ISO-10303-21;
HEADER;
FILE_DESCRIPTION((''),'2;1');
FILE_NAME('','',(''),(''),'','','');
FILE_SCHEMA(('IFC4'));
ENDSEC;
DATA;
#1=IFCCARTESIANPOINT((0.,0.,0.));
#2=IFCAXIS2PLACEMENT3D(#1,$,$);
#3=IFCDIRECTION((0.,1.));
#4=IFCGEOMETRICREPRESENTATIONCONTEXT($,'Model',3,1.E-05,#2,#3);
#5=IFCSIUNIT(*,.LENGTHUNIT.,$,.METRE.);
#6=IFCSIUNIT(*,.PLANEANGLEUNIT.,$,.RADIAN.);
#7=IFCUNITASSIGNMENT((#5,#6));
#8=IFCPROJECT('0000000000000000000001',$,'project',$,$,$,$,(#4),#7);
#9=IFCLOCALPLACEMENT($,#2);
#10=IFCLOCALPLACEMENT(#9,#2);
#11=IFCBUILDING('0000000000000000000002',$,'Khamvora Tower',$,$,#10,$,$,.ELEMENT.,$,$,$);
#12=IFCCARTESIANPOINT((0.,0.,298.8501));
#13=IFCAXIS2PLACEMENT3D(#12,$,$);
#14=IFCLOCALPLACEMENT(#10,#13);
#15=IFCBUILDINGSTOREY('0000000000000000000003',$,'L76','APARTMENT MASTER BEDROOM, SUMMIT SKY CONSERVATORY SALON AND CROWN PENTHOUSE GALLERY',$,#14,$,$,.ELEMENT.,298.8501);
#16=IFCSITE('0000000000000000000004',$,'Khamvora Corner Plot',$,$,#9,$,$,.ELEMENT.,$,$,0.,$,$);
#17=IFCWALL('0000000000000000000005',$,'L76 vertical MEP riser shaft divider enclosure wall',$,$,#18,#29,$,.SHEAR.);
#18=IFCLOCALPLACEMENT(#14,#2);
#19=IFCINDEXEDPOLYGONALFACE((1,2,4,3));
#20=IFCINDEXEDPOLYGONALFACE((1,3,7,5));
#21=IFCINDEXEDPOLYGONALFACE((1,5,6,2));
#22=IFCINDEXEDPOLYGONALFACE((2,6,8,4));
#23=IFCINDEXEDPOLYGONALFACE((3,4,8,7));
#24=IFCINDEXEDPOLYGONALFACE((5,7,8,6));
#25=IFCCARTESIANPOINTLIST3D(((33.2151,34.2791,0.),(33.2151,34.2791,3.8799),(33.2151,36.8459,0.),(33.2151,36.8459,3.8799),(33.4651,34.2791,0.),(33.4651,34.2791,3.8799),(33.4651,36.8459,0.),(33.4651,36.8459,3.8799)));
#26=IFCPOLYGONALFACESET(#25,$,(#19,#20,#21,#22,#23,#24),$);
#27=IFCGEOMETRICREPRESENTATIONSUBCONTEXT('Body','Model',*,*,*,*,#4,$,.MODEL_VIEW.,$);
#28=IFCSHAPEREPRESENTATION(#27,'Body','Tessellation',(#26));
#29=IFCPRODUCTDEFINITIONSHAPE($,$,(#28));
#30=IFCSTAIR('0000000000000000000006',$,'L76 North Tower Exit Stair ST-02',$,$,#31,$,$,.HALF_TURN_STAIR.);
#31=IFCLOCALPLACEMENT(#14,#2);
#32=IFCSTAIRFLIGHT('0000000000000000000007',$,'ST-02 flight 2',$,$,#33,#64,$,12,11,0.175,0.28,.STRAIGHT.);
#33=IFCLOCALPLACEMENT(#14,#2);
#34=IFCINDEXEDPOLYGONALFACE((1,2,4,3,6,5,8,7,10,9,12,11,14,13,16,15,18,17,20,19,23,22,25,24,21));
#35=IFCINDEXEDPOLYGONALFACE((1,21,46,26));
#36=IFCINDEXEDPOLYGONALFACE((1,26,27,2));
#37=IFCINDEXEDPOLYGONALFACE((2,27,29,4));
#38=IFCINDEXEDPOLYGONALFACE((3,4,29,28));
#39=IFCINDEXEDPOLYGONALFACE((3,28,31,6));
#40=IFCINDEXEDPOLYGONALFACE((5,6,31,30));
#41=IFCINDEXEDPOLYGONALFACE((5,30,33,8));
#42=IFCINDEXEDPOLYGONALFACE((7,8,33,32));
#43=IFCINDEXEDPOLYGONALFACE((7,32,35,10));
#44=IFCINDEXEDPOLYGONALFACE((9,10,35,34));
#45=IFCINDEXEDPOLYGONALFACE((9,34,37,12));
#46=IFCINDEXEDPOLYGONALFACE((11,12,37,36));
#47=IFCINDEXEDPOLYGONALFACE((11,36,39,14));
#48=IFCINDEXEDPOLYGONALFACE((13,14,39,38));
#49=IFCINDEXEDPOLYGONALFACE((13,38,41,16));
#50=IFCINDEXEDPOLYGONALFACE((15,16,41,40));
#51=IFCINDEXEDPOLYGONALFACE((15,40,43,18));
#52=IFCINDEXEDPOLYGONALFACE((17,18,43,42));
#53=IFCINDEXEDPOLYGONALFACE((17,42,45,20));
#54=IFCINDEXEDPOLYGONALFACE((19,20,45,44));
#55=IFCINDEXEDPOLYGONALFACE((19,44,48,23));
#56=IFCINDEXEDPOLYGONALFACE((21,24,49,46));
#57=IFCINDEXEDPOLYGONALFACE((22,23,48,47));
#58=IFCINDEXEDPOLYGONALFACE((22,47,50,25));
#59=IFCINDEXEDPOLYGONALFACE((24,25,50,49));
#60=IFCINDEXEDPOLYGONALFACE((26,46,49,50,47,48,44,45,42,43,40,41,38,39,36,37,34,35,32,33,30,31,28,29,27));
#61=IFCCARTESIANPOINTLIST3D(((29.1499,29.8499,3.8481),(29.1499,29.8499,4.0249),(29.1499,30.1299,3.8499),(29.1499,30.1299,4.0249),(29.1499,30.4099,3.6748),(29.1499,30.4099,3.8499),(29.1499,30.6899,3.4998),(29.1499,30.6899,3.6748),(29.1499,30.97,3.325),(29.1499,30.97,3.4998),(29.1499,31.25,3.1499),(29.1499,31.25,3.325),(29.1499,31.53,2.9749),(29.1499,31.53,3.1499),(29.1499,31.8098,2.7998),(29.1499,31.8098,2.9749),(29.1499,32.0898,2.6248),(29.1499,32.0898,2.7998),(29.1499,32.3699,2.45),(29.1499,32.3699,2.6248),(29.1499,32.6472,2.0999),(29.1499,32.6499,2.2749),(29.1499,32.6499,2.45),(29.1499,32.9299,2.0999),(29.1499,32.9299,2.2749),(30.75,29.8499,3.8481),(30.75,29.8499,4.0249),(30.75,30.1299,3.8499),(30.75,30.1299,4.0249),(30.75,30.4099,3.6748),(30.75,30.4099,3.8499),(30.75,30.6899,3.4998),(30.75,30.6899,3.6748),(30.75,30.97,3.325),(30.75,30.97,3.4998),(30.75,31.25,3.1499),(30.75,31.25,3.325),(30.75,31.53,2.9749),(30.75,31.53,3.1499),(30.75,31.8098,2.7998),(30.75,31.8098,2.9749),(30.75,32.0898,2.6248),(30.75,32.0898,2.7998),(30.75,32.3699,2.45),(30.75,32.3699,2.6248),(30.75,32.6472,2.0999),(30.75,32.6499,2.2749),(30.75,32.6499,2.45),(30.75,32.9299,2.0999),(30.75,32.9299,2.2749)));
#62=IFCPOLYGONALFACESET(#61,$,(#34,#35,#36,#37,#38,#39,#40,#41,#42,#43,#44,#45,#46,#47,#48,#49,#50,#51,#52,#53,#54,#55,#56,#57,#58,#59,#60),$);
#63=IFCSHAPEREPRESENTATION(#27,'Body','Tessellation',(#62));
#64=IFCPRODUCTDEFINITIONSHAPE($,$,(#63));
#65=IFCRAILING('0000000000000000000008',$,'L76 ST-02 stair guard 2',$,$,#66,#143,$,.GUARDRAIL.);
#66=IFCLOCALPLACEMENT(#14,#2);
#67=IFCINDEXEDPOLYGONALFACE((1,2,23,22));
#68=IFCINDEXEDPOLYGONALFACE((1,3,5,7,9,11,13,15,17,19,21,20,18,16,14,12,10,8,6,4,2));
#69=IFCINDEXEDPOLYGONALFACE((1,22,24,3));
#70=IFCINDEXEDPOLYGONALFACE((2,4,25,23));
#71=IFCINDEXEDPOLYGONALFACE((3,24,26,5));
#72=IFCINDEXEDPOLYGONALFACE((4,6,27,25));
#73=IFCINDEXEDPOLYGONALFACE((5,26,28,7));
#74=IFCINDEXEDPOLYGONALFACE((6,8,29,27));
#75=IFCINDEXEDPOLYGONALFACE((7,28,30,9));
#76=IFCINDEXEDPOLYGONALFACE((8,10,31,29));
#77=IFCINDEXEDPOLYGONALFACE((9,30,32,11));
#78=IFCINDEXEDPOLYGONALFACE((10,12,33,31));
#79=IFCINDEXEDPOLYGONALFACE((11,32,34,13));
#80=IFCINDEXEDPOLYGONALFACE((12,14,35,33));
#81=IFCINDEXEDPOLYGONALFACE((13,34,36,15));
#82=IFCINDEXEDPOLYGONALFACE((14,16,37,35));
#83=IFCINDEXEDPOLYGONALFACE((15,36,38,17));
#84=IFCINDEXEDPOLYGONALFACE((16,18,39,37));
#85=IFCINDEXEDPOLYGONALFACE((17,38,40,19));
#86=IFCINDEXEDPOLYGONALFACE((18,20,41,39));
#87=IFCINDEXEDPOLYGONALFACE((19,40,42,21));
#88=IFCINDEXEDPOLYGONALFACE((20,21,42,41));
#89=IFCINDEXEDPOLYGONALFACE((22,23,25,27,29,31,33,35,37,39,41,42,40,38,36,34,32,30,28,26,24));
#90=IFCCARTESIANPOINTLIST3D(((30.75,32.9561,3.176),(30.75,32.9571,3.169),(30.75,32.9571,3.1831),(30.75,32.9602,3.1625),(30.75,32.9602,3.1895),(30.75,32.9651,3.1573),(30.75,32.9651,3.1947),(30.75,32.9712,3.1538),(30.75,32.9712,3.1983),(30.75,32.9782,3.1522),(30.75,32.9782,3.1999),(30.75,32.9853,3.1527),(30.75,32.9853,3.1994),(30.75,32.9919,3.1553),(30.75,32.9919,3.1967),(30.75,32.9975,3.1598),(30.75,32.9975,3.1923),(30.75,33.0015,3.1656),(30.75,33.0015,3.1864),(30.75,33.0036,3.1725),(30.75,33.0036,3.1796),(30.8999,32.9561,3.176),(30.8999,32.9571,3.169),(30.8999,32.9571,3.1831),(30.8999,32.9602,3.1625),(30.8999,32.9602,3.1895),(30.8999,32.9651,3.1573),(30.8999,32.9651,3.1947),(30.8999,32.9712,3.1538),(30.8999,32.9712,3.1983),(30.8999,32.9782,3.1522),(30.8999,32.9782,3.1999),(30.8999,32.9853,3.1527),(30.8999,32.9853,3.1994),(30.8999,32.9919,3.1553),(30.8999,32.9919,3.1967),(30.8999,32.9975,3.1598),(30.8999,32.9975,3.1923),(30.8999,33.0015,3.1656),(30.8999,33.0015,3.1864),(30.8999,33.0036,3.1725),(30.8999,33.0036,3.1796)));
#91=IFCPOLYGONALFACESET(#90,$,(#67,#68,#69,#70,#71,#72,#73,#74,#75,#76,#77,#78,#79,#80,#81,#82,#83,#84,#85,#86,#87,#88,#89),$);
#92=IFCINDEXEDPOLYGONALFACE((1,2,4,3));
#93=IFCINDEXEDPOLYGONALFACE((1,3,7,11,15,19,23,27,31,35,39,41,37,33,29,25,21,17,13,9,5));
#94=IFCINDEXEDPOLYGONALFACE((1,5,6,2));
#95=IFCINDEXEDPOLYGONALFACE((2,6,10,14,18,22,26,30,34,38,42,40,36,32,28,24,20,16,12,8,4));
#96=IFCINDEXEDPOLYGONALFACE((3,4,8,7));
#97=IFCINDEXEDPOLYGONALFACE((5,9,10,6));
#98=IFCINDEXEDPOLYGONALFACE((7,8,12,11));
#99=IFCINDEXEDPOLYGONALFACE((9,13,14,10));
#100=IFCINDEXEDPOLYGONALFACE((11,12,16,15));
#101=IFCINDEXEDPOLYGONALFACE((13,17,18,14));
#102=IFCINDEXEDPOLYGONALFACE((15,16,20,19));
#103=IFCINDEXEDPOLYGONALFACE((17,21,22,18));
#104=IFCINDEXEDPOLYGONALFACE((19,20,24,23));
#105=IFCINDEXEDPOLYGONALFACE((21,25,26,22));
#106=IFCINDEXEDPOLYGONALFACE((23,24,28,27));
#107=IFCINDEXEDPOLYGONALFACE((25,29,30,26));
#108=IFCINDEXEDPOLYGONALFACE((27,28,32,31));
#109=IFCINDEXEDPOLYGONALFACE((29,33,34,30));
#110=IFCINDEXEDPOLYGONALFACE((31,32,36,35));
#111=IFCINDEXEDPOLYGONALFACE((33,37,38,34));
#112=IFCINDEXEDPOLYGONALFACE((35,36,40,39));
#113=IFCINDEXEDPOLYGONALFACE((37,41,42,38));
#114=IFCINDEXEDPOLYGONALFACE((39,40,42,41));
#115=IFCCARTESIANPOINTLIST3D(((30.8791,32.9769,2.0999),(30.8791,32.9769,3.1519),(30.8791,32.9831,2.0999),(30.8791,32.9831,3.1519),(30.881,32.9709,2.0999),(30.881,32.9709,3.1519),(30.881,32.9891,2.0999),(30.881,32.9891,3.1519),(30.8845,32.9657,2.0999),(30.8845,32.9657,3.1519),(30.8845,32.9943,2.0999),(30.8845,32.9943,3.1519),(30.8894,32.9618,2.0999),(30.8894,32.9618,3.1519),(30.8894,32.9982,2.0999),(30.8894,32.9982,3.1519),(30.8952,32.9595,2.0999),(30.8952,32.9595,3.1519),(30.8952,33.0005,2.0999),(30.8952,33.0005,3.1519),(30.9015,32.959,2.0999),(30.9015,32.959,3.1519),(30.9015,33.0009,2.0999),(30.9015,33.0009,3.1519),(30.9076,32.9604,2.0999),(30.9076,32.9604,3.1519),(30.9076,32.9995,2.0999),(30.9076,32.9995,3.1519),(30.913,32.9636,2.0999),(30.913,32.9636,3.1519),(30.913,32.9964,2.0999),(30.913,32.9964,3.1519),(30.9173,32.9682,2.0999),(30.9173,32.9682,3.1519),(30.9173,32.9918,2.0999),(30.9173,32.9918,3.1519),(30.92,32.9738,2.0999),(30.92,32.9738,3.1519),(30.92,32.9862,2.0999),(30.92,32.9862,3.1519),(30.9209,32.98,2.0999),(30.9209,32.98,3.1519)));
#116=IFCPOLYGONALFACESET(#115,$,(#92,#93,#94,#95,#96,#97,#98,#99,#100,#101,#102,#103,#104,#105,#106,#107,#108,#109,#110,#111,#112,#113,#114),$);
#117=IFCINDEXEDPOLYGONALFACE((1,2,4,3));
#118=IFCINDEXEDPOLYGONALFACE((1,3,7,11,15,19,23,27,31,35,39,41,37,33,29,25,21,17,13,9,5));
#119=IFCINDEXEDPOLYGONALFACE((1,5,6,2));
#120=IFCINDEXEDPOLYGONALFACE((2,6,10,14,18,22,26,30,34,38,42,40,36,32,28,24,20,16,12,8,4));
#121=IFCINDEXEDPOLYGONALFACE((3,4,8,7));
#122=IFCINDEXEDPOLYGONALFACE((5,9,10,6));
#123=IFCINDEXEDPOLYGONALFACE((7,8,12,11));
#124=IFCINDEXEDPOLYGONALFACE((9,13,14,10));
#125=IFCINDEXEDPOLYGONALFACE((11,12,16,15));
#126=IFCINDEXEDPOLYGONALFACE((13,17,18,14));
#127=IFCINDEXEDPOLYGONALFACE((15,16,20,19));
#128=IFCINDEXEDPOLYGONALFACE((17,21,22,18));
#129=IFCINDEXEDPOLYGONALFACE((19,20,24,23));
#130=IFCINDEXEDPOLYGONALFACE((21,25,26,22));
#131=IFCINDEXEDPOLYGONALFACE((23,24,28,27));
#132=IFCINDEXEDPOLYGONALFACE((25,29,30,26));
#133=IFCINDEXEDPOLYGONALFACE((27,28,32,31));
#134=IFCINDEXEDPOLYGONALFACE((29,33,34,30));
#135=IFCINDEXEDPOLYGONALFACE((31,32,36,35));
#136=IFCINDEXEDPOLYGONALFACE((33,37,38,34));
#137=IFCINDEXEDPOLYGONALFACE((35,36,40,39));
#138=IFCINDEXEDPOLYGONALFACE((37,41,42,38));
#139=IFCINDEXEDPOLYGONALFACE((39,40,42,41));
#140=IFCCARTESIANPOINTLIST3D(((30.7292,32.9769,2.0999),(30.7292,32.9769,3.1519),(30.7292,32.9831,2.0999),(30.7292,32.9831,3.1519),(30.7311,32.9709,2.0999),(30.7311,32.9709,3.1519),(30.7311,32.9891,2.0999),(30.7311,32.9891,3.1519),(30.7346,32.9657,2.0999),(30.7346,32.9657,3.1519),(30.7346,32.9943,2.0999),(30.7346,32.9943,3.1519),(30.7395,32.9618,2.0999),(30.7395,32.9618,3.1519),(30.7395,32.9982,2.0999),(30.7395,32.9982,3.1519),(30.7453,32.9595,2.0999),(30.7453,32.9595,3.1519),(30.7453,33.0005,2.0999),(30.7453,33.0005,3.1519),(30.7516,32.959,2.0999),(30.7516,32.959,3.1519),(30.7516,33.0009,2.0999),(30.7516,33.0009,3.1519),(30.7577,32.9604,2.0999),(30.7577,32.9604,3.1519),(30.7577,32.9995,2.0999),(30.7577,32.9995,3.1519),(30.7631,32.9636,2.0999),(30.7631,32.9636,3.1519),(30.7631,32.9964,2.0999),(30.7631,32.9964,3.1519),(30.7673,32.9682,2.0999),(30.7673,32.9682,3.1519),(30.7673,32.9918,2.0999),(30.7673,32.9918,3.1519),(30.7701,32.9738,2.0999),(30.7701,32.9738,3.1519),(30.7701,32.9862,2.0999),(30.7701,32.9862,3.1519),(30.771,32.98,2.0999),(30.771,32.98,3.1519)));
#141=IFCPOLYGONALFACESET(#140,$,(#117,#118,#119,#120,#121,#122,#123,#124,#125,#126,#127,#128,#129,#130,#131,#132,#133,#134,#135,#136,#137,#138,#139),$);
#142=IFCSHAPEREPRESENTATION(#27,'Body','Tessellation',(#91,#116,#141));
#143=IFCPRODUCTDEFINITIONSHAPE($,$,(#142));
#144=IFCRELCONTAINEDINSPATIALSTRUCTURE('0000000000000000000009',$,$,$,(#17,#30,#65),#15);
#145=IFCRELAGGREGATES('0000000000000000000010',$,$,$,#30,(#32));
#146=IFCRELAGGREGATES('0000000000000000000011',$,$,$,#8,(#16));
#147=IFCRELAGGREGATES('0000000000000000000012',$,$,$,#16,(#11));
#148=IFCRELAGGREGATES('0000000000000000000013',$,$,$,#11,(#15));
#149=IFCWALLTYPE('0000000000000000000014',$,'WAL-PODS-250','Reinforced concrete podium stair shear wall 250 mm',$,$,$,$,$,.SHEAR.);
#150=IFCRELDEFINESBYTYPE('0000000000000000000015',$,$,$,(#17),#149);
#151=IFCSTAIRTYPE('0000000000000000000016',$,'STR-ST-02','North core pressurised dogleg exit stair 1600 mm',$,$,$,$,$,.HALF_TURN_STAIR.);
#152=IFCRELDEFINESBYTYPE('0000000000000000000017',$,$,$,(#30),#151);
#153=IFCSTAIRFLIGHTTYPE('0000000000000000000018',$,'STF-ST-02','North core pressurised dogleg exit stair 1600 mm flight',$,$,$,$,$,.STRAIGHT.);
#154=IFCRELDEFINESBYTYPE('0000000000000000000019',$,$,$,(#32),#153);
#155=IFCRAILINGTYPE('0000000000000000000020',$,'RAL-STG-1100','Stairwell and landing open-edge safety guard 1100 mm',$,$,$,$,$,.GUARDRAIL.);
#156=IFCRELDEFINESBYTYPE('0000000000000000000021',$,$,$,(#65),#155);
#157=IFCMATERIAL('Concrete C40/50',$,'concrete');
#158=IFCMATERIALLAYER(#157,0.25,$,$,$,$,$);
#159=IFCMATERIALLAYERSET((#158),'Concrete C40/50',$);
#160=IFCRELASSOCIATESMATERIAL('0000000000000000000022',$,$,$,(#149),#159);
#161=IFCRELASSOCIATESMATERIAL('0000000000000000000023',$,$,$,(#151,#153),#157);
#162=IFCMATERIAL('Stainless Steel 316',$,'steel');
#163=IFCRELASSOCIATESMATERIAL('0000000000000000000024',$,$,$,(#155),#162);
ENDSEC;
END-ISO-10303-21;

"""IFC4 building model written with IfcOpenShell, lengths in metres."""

from ifc_helpers import new_model, si_unit, direction, frame, frame_2d, origin, origin_2d, place, context, subcontext, project, spatial, polyline, rectangle, circle, outline, extrude, material, layer, layer_set, type_object, element, aggregate, save


model = new_model("IFC4")

# Units and contexts
model_context = context("Model", 3, precision=1e-05, world=origin(), true_north=direction((0.0, 1.0)))
body_context = subcontext(model_context, "Body", "Model", "MODEL_VIEW")
ifc_project = project(units=[si_unit("LENGTHUNIT", "METRE"), si_unit("PLANEANGLEUNIT", "RADIAN")], contexts=[model_context])

# Site, building, storey
site_placement = place(None, origin())
site = spatial("IfcSite", under=ifc_project, at=site_placement, Name="Khamvora Corner Plot", CompositionType="ELEMENT", RefElevation=0.0)
building_placement = place(site_placement, origin())
building = spatial("IfcBuilding", under=site, at=building_placement, Name="Khamvora Tower", CompositionType="ELEMENT")
storey_placement = place(building_placement, frame((0.0, 0.0, 298.8501)))
storey = spatial("IfcBuildingStorey", under=building, at=storey_placement, Name="L76", Description="APARTMENT MASTER BEDROOM, SUMMIT SKY CONSERVATORY SALON AND CROWN PENTHOUSE GALLERY", CompositionType="ELEMENT", Elevation=298.8501)

# Wall
ifc_material_1 = material(Name="Concrete C40/50", Category="concrete")
ifc_layer_1 = layer(ifc_material_1, 0.25)
ifc_layer_set_1 = layer_set([ifc_layer_1], Name="Concrete C40/50")
wall_type_1 = type_object("IfcWallType", Name="WAL-PODS-250", Description="Reinforced concrete podium stair shear wall 250 mm", PredefinedType="SHEAR", material=ifc_layer_set_1)
wall_1_placement = place(storey_placement, frame((33.3401, 34.2791, 0.0), z_axis=(0.0, 0.0, 1.0), x_axis=(0.0, 1.0, 0.0)))
element("IfcWall", 1, at=wall_1_placement, inside=storey, type_object=wall_type_1, Name="L76 vertical MEP riser shaft divider enclosure wall", PredefinedType="SHEAR", context=body_context, shape_type="SweptSolid", body=[
    extrude(rectangle(XDim=2.5669, YDim=0.25, at=frame_2d((1.2834, 0.0))), origin(), (0.0, 0.0, 1.0), 3.8799),
])

# Stair, stair flight
stair_type = type_object("IfcStairType", Name="STR-ST-02", Description="North core pressurised dogleg exit stair 1600 mm", PredefinedType="HALF_TURN_STAIR", material=ifc_material_1)
stair_placement = place(storey_placement, origin())
stair = element("IfcStair", 2, at=stair_placement, inside=storey, type_object=stair_type, Name="L76 North Tower Exit Stair ST-02", PredefinedType="HALF_TURN_STAIR")
stair_flight_type = type_object("IfcStairFlightType", Name="STF-ST-02", Description="North core pressurised dogleg exit stair 1600 mm flight", PredefinedType="STRAIGHT", material=ifc_material_1)
stair_flight_placement = place(storey_placement, frame((29.95, 32.9299, 2.0999), z_axis=(0.0, 0.0, 1.0), x_axis=(0.0, -1.0, 0.0)))
stair_flight = element("IfcStairFlight", 3, at=stair_flight_placement, type_object=stair_flight_type, Name="ST-02 flight 2", NumberOfRisers=12, NumberOfTreads=11, PredefinedType="STRAIGHT", RiserHeight=0.175, TreadLength=0.28, context=body_context, shape_type="SweptSolid", body=[
    extrude(outline(polyline([(0.0, 0.0), (0.0, 0.175), (0.28, 0.175), (0.28, 0.3501), (0.5601, 0.3501), (0.5601, 0.5249), (0.8401, 0.5249), (0.8401, 0.7), (1.1201, 0.7), (1.1201, 0.875), (1.3999, 0.875), (1.3999, 1.05), (1.6799, 1.05), (1.6799, 1.2251), (1.96, 1.2251), (1.96, 1.3999), (2.24, 1.3999), (2.24, 1.575), (2.52, 1.575), (2.52, 1.75), (2.8, 1.75), (2.8, 1.925), (3.0801, 1.925), (3.0801, 2.1001), (3.0801, 1.7483), (0.2827, 0.0), (0.0, 0.0)])), frame((0.0, 0.8, 0.0), z_axis=(0.0, -1.0, 0.0), x_axis=(1.0, 0.0, 0.0)), (0.0, 0.0, 1.0), 1.6001),
])
aggregate(stair, [stair_flight])

# Railing
ifc_material_2 = material(Name="Stainless Steel 316", Category="steel")
railing_type = type_object("IfcRailingType", Name="RAL-STG-1100", Description="Stairwell and landing open-edge safety guard 1100 mm", PredefinedType="GUARDRAIL", material=ifc_material_2)
railing_1_placement = place(storey_placement, frame((30.8999, 32.98, 2.0999)))
element("IfcRailing", 4, at=railing_1_placement, inside=storey, type_object=railing_type, Name="L76 ST-02 stair guard 2", PredefinedType="GUARDRAIL", context=body_context, shape_type="SweptSolid", body=[
    extrude(circle(Radius=0.0239, at=origin_2d()), frame((0.0, 0.0, 1.0762), z_axis=(-1.0, 0.0, 0.0), x_axis=(0.0, -1.0, 0.0)), (0.0, 0.0, 1.0), 0.1499),
    extrude(circle(Radius=0.021, at=origin_2d()), origin(), (0.0, 0.0, 1.0), 1.052),
    extrude(circle(Radius=0.021, at=origin_2d()), frame((-0.1499, 0.0, 0.0)), (0.0, 0.0, 1.0), 1.052),
])

save(model, "model.ifc")
